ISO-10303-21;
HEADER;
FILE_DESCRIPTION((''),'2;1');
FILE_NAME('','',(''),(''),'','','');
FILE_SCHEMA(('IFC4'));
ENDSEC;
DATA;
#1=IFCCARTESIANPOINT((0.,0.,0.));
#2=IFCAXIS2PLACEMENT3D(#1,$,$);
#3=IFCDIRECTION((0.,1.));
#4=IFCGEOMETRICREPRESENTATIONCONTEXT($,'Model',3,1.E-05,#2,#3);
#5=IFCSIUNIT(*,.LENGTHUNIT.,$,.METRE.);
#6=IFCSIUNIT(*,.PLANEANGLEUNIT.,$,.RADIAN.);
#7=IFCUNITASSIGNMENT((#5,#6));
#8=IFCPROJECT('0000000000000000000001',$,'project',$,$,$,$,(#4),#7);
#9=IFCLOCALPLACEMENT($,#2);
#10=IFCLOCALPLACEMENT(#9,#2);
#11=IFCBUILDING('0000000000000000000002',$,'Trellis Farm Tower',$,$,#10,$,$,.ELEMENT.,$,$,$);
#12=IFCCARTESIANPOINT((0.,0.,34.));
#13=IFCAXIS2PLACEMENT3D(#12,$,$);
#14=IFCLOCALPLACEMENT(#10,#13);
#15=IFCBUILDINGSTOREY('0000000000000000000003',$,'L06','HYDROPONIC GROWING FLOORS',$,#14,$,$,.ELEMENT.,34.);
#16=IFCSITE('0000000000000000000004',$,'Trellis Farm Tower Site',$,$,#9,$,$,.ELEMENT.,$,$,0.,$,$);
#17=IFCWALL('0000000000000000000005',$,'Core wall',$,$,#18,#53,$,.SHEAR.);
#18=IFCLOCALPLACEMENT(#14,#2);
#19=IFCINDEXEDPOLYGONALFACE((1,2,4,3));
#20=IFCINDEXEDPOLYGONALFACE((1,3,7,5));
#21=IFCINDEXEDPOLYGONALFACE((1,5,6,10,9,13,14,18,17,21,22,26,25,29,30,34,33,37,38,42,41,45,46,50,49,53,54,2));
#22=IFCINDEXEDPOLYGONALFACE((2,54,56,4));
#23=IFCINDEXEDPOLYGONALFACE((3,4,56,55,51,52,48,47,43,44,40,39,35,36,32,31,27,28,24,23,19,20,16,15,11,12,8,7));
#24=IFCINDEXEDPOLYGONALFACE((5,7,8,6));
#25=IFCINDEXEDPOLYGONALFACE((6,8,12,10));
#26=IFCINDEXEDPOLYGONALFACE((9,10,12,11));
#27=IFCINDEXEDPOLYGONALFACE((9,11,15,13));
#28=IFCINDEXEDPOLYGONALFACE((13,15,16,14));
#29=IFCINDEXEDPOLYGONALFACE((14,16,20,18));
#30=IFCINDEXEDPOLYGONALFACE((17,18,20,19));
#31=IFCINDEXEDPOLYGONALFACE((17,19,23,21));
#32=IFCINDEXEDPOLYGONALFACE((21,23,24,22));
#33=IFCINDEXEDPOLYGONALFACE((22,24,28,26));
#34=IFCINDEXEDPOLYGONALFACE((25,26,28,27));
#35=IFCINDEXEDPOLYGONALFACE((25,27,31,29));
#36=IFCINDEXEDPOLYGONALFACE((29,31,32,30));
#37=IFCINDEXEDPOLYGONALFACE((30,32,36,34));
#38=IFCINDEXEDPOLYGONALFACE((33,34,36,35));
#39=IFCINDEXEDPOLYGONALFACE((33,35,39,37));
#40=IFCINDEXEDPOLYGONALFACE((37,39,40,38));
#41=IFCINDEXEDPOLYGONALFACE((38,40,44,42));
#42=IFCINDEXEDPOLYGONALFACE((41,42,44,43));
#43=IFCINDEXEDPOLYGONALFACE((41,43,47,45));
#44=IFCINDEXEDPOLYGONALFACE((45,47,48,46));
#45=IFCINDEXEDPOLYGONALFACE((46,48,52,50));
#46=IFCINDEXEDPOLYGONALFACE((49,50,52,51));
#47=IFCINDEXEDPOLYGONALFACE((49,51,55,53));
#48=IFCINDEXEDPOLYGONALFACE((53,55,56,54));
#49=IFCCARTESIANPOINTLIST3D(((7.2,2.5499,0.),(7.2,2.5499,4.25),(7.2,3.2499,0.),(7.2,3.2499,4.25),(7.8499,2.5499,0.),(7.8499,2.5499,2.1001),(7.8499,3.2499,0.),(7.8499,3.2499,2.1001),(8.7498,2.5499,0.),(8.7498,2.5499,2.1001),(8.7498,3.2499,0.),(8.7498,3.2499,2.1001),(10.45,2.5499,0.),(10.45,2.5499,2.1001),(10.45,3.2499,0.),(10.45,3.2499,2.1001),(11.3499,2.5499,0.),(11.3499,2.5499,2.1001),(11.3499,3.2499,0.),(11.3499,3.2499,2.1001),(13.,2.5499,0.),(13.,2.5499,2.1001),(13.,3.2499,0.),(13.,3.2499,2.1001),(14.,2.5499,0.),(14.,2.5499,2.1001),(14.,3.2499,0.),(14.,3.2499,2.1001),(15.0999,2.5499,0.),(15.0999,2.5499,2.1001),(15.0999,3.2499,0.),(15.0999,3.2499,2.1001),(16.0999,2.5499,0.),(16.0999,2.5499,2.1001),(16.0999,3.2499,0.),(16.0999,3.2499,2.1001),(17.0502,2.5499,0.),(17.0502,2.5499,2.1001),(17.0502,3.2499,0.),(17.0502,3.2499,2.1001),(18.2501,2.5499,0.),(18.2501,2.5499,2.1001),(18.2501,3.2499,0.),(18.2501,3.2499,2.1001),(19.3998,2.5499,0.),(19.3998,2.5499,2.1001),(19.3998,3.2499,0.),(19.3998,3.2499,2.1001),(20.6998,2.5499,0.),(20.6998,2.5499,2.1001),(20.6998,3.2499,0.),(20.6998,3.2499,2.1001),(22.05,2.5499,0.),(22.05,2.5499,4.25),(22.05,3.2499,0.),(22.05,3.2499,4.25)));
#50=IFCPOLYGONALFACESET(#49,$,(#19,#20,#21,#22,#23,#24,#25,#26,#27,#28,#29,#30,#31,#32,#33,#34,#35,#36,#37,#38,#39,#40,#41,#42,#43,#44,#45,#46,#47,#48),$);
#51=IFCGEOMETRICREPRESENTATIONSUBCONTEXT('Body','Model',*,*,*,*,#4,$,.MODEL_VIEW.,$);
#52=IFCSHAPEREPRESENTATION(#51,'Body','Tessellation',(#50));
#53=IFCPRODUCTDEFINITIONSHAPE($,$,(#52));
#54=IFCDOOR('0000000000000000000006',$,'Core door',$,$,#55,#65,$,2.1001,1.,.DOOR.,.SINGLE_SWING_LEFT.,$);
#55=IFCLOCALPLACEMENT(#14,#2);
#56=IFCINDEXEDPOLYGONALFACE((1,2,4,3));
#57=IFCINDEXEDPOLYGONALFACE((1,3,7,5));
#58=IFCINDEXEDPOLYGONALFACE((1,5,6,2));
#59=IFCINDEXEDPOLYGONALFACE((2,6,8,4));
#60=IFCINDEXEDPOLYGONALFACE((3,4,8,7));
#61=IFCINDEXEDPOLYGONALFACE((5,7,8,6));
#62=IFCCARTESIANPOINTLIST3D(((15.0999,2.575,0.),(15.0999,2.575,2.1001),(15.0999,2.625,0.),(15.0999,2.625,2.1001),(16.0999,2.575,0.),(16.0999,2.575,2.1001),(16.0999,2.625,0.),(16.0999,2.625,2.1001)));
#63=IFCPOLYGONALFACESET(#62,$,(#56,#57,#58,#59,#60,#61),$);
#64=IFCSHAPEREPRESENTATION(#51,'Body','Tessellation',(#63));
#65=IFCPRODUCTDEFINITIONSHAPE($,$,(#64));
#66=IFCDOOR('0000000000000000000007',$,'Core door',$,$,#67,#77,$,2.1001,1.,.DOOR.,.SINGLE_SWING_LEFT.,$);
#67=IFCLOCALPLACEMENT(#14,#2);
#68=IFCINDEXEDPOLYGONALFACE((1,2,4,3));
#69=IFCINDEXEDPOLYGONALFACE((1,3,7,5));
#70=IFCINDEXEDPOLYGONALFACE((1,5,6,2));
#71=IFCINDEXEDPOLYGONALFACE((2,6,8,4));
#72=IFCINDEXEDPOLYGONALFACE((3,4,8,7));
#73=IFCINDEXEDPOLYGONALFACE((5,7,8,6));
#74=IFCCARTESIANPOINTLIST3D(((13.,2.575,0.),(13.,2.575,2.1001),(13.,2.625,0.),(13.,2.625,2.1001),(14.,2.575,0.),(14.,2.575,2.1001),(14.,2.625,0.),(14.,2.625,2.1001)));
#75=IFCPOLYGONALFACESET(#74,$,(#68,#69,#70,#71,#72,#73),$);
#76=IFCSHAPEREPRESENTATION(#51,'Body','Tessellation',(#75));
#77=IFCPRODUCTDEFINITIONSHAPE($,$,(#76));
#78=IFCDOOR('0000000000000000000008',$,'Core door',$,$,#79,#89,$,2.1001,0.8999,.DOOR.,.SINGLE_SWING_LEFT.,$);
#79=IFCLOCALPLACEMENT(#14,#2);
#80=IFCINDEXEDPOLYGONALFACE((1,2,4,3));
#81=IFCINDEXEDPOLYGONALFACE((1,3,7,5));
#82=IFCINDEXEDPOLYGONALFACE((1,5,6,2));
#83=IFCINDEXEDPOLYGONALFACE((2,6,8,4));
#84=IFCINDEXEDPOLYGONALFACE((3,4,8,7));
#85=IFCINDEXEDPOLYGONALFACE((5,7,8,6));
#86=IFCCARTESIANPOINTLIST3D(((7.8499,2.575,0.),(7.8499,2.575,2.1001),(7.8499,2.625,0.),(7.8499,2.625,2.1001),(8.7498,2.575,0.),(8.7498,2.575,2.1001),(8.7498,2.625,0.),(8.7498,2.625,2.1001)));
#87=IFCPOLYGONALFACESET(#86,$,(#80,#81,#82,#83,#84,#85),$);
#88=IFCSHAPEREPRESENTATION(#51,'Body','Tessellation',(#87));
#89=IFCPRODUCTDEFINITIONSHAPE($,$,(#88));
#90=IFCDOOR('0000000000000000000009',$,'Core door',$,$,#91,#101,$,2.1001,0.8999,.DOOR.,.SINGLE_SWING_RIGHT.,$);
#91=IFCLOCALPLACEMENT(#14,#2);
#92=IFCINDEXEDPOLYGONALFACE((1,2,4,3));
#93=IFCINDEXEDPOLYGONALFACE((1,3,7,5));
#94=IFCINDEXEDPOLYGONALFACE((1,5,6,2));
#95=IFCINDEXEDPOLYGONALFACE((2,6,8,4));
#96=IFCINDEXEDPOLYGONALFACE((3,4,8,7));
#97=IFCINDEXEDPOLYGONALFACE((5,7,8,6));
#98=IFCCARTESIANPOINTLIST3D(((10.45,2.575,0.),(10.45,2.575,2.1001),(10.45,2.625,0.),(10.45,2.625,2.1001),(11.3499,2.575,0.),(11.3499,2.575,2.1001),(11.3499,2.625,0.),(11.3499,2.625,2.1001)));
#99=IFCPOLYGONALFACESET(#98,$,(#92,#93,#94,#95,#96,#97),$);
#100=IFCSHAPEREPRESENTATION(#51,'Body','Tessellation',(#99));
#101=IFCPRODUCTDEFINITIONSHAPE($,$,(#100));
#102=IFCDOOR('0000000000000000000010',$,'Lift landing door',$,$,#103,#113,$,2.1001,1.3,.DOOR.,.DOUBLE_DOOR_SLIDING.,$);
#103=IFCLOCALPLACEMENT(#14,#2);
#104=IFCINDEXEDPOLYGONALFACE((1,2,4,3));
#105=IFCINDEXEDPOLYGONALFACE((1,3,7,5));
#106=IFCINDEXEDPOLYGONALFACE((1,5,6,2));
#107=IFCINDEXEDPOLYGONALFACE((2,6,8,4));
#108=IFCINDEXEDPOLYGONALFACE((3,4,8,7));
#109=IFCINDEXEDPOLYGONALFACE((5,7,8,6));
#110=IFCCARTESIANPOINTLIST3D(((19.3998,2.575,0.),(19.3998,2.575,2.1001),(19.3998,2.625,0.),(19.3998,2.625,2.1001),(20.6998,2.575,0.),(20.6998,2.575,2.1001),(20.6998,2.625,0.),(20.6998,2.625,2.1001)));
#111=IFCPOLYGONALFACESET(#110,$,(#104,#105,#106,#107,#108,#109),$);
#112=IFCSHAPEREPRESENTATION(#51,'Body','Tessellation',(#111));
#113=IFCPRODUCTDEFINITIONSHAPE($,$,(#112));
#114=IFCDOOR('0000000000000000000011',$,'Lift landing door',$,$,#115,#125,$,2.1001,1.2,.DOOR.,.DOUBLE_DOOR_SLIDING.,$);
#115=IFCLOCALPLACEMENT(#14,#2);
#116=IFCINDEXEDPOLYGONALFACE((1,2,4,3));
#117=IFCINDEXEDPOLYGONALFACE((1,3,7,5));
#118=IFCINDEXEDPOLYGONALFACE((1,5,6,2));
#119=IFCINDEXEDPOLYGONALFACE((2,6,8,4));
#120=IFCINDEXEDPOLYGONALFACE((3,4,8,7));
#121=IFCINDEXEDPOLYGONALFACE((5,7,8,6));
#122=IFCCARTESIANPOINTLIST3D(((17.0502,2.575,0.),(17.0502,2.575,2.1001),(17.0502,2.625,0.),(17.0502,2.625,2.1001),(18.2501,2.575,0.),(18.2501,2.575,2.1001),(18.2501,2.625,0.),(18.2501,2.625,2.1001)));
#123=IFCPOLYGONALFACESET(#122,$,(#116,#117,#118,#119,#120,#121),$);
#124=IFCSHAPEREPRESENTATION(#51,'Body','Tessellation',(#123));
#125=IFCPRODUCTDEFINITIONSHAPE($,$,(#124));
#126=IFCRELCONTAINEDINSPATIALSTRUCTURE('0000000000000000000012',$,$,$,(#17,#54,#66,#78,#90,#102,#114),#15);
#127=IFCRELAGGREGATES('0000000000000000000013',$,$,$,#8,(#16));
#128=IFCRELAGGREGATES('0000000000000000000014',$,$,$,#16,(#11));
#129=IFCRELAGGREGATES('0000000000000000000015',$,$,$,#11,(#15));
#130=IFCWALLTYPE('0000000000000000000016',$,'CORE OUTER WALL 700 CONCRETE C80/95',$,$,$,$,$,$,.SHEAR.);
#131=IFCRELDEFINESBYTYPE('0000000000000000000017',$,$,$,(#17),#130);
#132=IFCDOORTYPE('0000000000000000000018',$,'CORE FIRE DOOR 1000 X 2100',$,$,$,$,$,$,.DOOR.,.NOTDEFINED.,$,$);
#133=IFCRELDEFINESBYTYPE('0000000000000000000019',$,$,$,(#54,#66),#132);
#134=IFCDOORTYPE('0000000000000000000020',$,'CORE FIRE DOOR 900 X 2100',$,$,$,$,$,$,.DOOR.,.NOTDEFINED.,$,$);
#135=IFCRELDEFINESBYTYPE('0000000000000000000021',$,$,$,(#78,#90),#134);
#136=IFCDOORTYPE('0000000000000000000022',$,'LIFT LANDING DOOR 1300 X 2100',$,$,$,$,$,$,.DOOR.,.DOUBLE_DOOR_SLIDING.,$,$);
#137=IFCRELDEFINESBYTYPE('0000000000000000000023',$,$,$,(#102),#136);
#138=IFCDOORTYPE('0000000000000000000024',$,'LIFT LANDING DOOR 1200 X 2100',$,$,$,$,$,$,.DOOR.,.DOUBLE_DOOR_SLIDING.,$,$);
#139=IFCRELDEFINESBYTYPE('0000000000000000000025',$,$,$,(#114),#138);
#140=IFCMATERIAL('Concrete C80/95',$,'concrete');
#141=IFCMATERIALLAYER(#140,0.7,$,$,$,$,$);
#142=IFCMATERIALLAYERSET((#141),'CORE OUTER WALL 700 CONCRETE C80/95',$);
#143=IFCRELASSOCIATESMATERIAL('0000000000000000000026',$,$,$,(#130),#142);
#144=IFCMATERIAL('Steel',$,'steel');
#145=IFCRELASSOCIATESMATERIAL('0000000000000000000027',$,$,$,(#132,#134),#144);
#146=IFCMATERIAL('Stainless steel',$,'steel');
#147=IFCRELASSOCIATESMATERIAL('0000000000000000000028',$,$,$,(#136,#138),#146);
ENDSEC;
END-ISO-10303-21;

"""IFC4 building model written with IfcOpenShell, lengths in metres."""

from ifc_helpers import new_model, si_unit, direction, frame, frame_2d, origin, place, context, subcontext, project, spatial, rectangle, extrude, source, transform, mapped, material, layer, layer_set, type_object, element, fill, save


model = new_model("IFC4")

# Units and contexts
model_context = context("Model", 3, precision=1e-05, world=origin(), true_north=direction((0.0, 1.0)))
body_context = subcontext(model_context, "Body", "Model", "MODEL_VIEW")
ifc_project = project(units=[si_unit("LENGTHUNIT", "METRE"), si_unit("PLANEANGLEUNIT", "RADIAN")], contexts=[model_context])

# Site, building, storey
site_placement = place(None, origin())
site = spatial("IfcSite", under=ifc_project, at=site_placement, Name="Trellis Farm Tower Site", CompositionType="ELEMENT", RefElevation=0.0)
building_placement = place(site_placement, origin())
building = spatial("IfcBuilding", under=site, at=building_placement, Name="Trellis Farm Tower", CompositionType="ELEMENT")
storey_placement = place(building_placement, frame((0.0, 0.0, 34.0)))
storey = spatial("IfcBuildingStorey", under=building, at=storey_placement, Name="L06", Description="HYDROPONIC GROWING FLOORS", CompositionType="ELEMENT", Elevation=34.0)

# Shared definitions
ifc_material_1 = material(Name="Concrete C80/95", Category="concrete")

# Shared definitions
ifc_material_2 = material(Name="Steel", Category="steel")

# Wall, openings, doors
ifc_layer_1 = layer(ifc_material_1, 0.7)
ifc_layer_set_1 = layer_set([ifc_layer_1], Name="CORE OUTER WALL 700 CONCRETE C80/95")
wall_type_1 = type_object("IfcWallType", Name="CORE OUTER WALL 700 CONCRETE C80/95", PredefinedType="SHEAR", material=ifc_layer_set_1)
shared_shape_1 = source(origin(), body_context, "Body", "SweptSolid", [
    extrude(rectangle(XDim=14.8501, YDim=0.7, at=frame_2d((7.425, 0.0))), origin(), (0.0, 0.0, 1.0), 4.25),
])
wall_1_placement = place(storey_placement, frame((7.2, 2.8999, 0.0), z_axis=(0.0, 0.0, 1.0), x_axis=(1.0, 0.0, 0.0)))
wall_1 = element("IfcWall", 1, at=wall_1_placement, inside=storey, type_object=wall_type_1, Name="Core wall", PredefinedType="SHEAR", context=body_context, shape_type="MappedRepresentation", body=[
    mapped(shared_shape_1, transform((0.0, 0.0, 0.0))),
])
shared_shape_2 = source(origin(), body_context, "Body", "SweptSolid", [
    extrude(rectangle(XDim=1.3, YDim=2.1001, at=frame_2d((0.6499, 1.05))), frame((0.0, 0.3601, 0.0), z_axis=(0.0, -1.0, 0.0), x_axis=(1.0, 0.0, 0.0)), (0.0, 0.0, 1.0), 0.7202),
])
opening_1_placement = place(wall_1_placement, frame((12.2, 0.0, 0.0)))
opening_1 = element("IfcOpeningElement", 2, at=opening_1_placement, cuts=wall_1, PredefinedType="OPENING", context=body_context, shape_type="MappedRepresentation", body=[
    mapped(shared_shape_2, transform((0.0, 0.0, 0.0))),
])
shared_shape_3 = source(origin(), body_context, "Body", "SweptSolid", [
    extrude(rectangle(XDim=1.2, YDim=2.1001, at=frame_2d((0.6001, 1.05))), frame((0.0, 0.3601, 0.0), z_axis=(0.0, -1.0, 0.0), x_axis=(1.0, 0.0, 0.0)), (0.0, 0.0, 1.0), 0.7202),
])
opening_2_placement = place(wall_1_placement, frame((9.8501, 0.0, 0.0)))
opening_2 = element("IfcOpeningElement", 3, at=opening_2_placement, cuts=wall_1, PredefinedType="OPENING", context=body_context, shape_type="MappedRepresentation", body=[
    mapped(shared_shape_3, transform((0.0, 0.0, 0.0))),
])
shared_shape_4 = source(origin(), body_context, "Body", "SweptSolid", [
    extrude(rectangle(XDim=1.0, YDim=2.1001, at=frame_2d((0.5, 1.05))), frame((0.0, 0.3601, 0.0), z_axis=(0.0, -1.0, 0.0), x_axis=(1.0, 0.0, 0.0)), (0.0, 0.0, 1.0), 0.7202),
])
opening_3_placement = place(wall_1_placement, frame((7.8999, 0.0, 0.0)))
opening_3 = element("IfcOpeningElement", 4, at=opening_3_placement, cuts=wall_1, PredefinedType="OPENING", context=body_context, shape_type="MappedRepresentation", body=[
    mapped(shared_shape_4, transform((0.0, 0.0, 0.0))),
])
shared_shape_5 = source(origin(), body_context, "Body", "SweptSolid", [
    extrude(rectangle(XDim=0.8999, YDim=2.1001, at=frame_2d((0.45, 1.05))), frame((0.0, 0.3601, 0.0), z_axis=(0.0, -1.0, 0.0), x_axis=(1.0, 0.0, 0.0)), (0.0, 0.0, 1.0), 0.7202),
])
opening_4_placement = place(wall_1_placement, frame((0.6499, 0.0, 0.0)))
opening_4 = element("IfcOpeningElement", 5, at=opening_4_placement, cuts=wall_1, PredefinedType="OPENING", context=body_context, shape_type="MappedRepresentation", body=[
    mapped(shared_shape_5, transform((0.0, 0.0, 0.0))),
])
opening_5_placement = place(wall_1_placement, frame((3.25, 0.0, 0.0)))
opening_5 = element("IfcOpeningElement", 6, at=opening_5_placement, cuts=wall_1, PredefinedType="OPENING", context=body_context, shape_type="MappedRepresentation", body=[
    mapped(shared_shape_5, transform((0.0, 0.0, 0.0))),
])
opening_6_placement = place(wall_1_placement, frame((5.8, 0.0, 0.0)))
opening_6 = element("IfcOpeningElement", 7, at=opening_6_placement, cuts=wall_1, PredefinedType="OPENING", context=body_context, shape_type="MappedRepresentation", body=[
    mapped(shared_shape_4, transform((0.0, 0.0, 0.0))),
])
door_type_1 = type_object("IfcDoorType", Name="CORE FIRE DOOR 1000 X 2100", OperationType="NOTDEFINED", PredefinedType="DOOR", material=ifc_material_2)
shared_shape_6 = source(origin(), body_context, "Body", "SweptSolid", [
    extrude(rectangle(XDim=1.0, YDim=2.1001, at=frame_2d((0.5, 1.05))), frame((0.0, -0.2749, 0.0), z_axis=(0.0, -1.0, 0.0), x_axis=(1.0, 0.0, 0.0)), (0.0, 0.0, 1.0), 0.05),
])
door_1_placement = place(opening_3_placement, origin())
door_1 = element("IfcDoor", 8, at=door_1_placement, inside=storey, type_object=door_type_1, Name="Core door", OperationType="SINGLE_SWING_LEFT", OverallHeight=2.1001, OverallWidth=1.0, PredefinedType="DOOR", context=body_context, shape_type="MappedRepresentation", body=[
    mapped(shared_shape_6, transform((0.0, 0.0, 0.0))),
])
fill(opening_3, door_1)
door_2_placement = place(opening_6_placement, origin())
door_2 = element("IfcDoor", 9, at=door_2_placement, inside=storey, type_object=door_type_1, Name="Core door", OperationType="SINGLE_SWING_LEFT", OverallHeight=2.1001, OverallWidth=1.0, PredefinedType="DOOR", context=body_context, shape_type="MappedRepresentation", body=[
    mapped(shared_shape_6, transform((0.0, 0.0, 0.0))),
])
fill(opening_6, door_2)
door_type_2 = type_object("IfcDoorType", Name="CORE FIRE DOOR 900 X 2100", OperationType="NOTDEFINED", PredefinedType="DOOR", material=ifc_material_2)
shared_shape_7 = source(origin(), body_context, "Body", "SweptSolid", [
    extrude(rectangle(XDim=0.8999, YDim=2.1001, at=frame_2d((0.45, 1.05))), frame((0.0, -0.2749, 0.0), z_axis=(0.0, -1.0, 0.0), x_axis=(1.0, 0.0, 0.0)), (0.0, 0.0, 1.0), 0.05),
])
door_3_placement = place(opening_4_placement, origin())
door_3 = element("IfcDoor", 10, at=door_3_placement, inside=storey, type_object=door_type_2, Name="Core door", OperationType="SINGLE_SWING_LEFT", OverallHeight=2.1001, OverallWidth=0.8999, PredefinedType="DOOR", context=body_context, shape_type="MappedRepresentation", body=[
    mapped(shared_shape_7, transform((0.0, 0.0, 0.0))),
])
fill(opening_4, door_3)
door_4_placement = place(opening_5_placement, origin())
door_4 = element("IfcDoor", 11, at=door_4_placement, inside=storey, type_object=door_type_2, Name="Core door", OperationType="SINGLE_SWING_RIGHT", OverallHeight=2.1001, OverallWidth=0.8999, PredefinedType="DOOR", context=body_context, shape_type="MappedRepresentation", body=[
    mapped(shared_shape_7, transform((0.0, 0.0, 0.0))),
])
fill(opening_5, door_4)
ifc_material_3 = material(Name="Stainless steel", Category="steel")
door_type_3 = type_object("IfcDoorType", Name="LIFT LANDING DOOR 1300 X 2100", OperationType="DOUBLE_DOOR_SLIDING", PredefinedType="DOOR", material=ifc_material_3)
shared_shape_8 = source(origin(), body_context, "Body", "SweptSolid", [
    extrude(rectangle(XDim=1.3, YDim=2.1001, at=frame_2d((0.6499, 1.05))), frame((0.0, -0.2749, 0.0), z_axis=(0.0, -1.0, 0.0), x_axis=(1.0, 0.0, 0.0)), (0.0, 0.0, 1.0), 0.05),
])
door_5_placement = place(opening_1_placement, origin())
door_5 = element("IfcDoor", 12, at=door_5_placement, inside=storey, type_object=door_type_3, Name="Lift landing door", OperationType="DOUBLE_DOOR_SLIDING", OverallHeight=2.1001, OverallWidth=1.3, PredefinedType="DOOR", context=body_context, shape_type="MappedRepresentation", body=[
    mapped(shared_shape_8, transform((0.0, 0.0, 0.0))),
])
fill(opening_1, door_5)
door_type_4 = type_object("IfcDoorType", Name="LIFT LANDING DOOR 1200 X 2100", OperationType="DOUBLE_DOOR_SLIDING", PredefinedType="DOOR", material=ifc_material_3)
shared_shape_9 = source(origin(), body_context, "Body", "SweptSolid", [
    extrude(rectangle(XDim=1.2, YDim=2.1001, at=frame_2d((0.6001, 1.05))), frame((0.0, -0.2749, 0.0), z_axis=(0.0, -1.0, 0.0), x_axis=(1.0, 0.0, 0.0)), (0.0, 0.0, 1.0), 0.05),
])
door_6_placement = place(opening_2_placement, origin())
door_6 = element("IfcDoor", 13, at=door_6_placement, inside=storey, type_object=door_type_4, Name="Lift landing door", OperationType="DOUBLE_DOOR_SLIDING", OverallHeight=2.1001, OverallWidth=1.2, PredefinedType="DOOR", context=body_context, shape_type="MappedRepresentation", body=[
    mapped(shared_shape_9, transform((0.0, 0.0, 0.0))),
])
fill(opening_2, door_6)

save(model, "model.ifc")
